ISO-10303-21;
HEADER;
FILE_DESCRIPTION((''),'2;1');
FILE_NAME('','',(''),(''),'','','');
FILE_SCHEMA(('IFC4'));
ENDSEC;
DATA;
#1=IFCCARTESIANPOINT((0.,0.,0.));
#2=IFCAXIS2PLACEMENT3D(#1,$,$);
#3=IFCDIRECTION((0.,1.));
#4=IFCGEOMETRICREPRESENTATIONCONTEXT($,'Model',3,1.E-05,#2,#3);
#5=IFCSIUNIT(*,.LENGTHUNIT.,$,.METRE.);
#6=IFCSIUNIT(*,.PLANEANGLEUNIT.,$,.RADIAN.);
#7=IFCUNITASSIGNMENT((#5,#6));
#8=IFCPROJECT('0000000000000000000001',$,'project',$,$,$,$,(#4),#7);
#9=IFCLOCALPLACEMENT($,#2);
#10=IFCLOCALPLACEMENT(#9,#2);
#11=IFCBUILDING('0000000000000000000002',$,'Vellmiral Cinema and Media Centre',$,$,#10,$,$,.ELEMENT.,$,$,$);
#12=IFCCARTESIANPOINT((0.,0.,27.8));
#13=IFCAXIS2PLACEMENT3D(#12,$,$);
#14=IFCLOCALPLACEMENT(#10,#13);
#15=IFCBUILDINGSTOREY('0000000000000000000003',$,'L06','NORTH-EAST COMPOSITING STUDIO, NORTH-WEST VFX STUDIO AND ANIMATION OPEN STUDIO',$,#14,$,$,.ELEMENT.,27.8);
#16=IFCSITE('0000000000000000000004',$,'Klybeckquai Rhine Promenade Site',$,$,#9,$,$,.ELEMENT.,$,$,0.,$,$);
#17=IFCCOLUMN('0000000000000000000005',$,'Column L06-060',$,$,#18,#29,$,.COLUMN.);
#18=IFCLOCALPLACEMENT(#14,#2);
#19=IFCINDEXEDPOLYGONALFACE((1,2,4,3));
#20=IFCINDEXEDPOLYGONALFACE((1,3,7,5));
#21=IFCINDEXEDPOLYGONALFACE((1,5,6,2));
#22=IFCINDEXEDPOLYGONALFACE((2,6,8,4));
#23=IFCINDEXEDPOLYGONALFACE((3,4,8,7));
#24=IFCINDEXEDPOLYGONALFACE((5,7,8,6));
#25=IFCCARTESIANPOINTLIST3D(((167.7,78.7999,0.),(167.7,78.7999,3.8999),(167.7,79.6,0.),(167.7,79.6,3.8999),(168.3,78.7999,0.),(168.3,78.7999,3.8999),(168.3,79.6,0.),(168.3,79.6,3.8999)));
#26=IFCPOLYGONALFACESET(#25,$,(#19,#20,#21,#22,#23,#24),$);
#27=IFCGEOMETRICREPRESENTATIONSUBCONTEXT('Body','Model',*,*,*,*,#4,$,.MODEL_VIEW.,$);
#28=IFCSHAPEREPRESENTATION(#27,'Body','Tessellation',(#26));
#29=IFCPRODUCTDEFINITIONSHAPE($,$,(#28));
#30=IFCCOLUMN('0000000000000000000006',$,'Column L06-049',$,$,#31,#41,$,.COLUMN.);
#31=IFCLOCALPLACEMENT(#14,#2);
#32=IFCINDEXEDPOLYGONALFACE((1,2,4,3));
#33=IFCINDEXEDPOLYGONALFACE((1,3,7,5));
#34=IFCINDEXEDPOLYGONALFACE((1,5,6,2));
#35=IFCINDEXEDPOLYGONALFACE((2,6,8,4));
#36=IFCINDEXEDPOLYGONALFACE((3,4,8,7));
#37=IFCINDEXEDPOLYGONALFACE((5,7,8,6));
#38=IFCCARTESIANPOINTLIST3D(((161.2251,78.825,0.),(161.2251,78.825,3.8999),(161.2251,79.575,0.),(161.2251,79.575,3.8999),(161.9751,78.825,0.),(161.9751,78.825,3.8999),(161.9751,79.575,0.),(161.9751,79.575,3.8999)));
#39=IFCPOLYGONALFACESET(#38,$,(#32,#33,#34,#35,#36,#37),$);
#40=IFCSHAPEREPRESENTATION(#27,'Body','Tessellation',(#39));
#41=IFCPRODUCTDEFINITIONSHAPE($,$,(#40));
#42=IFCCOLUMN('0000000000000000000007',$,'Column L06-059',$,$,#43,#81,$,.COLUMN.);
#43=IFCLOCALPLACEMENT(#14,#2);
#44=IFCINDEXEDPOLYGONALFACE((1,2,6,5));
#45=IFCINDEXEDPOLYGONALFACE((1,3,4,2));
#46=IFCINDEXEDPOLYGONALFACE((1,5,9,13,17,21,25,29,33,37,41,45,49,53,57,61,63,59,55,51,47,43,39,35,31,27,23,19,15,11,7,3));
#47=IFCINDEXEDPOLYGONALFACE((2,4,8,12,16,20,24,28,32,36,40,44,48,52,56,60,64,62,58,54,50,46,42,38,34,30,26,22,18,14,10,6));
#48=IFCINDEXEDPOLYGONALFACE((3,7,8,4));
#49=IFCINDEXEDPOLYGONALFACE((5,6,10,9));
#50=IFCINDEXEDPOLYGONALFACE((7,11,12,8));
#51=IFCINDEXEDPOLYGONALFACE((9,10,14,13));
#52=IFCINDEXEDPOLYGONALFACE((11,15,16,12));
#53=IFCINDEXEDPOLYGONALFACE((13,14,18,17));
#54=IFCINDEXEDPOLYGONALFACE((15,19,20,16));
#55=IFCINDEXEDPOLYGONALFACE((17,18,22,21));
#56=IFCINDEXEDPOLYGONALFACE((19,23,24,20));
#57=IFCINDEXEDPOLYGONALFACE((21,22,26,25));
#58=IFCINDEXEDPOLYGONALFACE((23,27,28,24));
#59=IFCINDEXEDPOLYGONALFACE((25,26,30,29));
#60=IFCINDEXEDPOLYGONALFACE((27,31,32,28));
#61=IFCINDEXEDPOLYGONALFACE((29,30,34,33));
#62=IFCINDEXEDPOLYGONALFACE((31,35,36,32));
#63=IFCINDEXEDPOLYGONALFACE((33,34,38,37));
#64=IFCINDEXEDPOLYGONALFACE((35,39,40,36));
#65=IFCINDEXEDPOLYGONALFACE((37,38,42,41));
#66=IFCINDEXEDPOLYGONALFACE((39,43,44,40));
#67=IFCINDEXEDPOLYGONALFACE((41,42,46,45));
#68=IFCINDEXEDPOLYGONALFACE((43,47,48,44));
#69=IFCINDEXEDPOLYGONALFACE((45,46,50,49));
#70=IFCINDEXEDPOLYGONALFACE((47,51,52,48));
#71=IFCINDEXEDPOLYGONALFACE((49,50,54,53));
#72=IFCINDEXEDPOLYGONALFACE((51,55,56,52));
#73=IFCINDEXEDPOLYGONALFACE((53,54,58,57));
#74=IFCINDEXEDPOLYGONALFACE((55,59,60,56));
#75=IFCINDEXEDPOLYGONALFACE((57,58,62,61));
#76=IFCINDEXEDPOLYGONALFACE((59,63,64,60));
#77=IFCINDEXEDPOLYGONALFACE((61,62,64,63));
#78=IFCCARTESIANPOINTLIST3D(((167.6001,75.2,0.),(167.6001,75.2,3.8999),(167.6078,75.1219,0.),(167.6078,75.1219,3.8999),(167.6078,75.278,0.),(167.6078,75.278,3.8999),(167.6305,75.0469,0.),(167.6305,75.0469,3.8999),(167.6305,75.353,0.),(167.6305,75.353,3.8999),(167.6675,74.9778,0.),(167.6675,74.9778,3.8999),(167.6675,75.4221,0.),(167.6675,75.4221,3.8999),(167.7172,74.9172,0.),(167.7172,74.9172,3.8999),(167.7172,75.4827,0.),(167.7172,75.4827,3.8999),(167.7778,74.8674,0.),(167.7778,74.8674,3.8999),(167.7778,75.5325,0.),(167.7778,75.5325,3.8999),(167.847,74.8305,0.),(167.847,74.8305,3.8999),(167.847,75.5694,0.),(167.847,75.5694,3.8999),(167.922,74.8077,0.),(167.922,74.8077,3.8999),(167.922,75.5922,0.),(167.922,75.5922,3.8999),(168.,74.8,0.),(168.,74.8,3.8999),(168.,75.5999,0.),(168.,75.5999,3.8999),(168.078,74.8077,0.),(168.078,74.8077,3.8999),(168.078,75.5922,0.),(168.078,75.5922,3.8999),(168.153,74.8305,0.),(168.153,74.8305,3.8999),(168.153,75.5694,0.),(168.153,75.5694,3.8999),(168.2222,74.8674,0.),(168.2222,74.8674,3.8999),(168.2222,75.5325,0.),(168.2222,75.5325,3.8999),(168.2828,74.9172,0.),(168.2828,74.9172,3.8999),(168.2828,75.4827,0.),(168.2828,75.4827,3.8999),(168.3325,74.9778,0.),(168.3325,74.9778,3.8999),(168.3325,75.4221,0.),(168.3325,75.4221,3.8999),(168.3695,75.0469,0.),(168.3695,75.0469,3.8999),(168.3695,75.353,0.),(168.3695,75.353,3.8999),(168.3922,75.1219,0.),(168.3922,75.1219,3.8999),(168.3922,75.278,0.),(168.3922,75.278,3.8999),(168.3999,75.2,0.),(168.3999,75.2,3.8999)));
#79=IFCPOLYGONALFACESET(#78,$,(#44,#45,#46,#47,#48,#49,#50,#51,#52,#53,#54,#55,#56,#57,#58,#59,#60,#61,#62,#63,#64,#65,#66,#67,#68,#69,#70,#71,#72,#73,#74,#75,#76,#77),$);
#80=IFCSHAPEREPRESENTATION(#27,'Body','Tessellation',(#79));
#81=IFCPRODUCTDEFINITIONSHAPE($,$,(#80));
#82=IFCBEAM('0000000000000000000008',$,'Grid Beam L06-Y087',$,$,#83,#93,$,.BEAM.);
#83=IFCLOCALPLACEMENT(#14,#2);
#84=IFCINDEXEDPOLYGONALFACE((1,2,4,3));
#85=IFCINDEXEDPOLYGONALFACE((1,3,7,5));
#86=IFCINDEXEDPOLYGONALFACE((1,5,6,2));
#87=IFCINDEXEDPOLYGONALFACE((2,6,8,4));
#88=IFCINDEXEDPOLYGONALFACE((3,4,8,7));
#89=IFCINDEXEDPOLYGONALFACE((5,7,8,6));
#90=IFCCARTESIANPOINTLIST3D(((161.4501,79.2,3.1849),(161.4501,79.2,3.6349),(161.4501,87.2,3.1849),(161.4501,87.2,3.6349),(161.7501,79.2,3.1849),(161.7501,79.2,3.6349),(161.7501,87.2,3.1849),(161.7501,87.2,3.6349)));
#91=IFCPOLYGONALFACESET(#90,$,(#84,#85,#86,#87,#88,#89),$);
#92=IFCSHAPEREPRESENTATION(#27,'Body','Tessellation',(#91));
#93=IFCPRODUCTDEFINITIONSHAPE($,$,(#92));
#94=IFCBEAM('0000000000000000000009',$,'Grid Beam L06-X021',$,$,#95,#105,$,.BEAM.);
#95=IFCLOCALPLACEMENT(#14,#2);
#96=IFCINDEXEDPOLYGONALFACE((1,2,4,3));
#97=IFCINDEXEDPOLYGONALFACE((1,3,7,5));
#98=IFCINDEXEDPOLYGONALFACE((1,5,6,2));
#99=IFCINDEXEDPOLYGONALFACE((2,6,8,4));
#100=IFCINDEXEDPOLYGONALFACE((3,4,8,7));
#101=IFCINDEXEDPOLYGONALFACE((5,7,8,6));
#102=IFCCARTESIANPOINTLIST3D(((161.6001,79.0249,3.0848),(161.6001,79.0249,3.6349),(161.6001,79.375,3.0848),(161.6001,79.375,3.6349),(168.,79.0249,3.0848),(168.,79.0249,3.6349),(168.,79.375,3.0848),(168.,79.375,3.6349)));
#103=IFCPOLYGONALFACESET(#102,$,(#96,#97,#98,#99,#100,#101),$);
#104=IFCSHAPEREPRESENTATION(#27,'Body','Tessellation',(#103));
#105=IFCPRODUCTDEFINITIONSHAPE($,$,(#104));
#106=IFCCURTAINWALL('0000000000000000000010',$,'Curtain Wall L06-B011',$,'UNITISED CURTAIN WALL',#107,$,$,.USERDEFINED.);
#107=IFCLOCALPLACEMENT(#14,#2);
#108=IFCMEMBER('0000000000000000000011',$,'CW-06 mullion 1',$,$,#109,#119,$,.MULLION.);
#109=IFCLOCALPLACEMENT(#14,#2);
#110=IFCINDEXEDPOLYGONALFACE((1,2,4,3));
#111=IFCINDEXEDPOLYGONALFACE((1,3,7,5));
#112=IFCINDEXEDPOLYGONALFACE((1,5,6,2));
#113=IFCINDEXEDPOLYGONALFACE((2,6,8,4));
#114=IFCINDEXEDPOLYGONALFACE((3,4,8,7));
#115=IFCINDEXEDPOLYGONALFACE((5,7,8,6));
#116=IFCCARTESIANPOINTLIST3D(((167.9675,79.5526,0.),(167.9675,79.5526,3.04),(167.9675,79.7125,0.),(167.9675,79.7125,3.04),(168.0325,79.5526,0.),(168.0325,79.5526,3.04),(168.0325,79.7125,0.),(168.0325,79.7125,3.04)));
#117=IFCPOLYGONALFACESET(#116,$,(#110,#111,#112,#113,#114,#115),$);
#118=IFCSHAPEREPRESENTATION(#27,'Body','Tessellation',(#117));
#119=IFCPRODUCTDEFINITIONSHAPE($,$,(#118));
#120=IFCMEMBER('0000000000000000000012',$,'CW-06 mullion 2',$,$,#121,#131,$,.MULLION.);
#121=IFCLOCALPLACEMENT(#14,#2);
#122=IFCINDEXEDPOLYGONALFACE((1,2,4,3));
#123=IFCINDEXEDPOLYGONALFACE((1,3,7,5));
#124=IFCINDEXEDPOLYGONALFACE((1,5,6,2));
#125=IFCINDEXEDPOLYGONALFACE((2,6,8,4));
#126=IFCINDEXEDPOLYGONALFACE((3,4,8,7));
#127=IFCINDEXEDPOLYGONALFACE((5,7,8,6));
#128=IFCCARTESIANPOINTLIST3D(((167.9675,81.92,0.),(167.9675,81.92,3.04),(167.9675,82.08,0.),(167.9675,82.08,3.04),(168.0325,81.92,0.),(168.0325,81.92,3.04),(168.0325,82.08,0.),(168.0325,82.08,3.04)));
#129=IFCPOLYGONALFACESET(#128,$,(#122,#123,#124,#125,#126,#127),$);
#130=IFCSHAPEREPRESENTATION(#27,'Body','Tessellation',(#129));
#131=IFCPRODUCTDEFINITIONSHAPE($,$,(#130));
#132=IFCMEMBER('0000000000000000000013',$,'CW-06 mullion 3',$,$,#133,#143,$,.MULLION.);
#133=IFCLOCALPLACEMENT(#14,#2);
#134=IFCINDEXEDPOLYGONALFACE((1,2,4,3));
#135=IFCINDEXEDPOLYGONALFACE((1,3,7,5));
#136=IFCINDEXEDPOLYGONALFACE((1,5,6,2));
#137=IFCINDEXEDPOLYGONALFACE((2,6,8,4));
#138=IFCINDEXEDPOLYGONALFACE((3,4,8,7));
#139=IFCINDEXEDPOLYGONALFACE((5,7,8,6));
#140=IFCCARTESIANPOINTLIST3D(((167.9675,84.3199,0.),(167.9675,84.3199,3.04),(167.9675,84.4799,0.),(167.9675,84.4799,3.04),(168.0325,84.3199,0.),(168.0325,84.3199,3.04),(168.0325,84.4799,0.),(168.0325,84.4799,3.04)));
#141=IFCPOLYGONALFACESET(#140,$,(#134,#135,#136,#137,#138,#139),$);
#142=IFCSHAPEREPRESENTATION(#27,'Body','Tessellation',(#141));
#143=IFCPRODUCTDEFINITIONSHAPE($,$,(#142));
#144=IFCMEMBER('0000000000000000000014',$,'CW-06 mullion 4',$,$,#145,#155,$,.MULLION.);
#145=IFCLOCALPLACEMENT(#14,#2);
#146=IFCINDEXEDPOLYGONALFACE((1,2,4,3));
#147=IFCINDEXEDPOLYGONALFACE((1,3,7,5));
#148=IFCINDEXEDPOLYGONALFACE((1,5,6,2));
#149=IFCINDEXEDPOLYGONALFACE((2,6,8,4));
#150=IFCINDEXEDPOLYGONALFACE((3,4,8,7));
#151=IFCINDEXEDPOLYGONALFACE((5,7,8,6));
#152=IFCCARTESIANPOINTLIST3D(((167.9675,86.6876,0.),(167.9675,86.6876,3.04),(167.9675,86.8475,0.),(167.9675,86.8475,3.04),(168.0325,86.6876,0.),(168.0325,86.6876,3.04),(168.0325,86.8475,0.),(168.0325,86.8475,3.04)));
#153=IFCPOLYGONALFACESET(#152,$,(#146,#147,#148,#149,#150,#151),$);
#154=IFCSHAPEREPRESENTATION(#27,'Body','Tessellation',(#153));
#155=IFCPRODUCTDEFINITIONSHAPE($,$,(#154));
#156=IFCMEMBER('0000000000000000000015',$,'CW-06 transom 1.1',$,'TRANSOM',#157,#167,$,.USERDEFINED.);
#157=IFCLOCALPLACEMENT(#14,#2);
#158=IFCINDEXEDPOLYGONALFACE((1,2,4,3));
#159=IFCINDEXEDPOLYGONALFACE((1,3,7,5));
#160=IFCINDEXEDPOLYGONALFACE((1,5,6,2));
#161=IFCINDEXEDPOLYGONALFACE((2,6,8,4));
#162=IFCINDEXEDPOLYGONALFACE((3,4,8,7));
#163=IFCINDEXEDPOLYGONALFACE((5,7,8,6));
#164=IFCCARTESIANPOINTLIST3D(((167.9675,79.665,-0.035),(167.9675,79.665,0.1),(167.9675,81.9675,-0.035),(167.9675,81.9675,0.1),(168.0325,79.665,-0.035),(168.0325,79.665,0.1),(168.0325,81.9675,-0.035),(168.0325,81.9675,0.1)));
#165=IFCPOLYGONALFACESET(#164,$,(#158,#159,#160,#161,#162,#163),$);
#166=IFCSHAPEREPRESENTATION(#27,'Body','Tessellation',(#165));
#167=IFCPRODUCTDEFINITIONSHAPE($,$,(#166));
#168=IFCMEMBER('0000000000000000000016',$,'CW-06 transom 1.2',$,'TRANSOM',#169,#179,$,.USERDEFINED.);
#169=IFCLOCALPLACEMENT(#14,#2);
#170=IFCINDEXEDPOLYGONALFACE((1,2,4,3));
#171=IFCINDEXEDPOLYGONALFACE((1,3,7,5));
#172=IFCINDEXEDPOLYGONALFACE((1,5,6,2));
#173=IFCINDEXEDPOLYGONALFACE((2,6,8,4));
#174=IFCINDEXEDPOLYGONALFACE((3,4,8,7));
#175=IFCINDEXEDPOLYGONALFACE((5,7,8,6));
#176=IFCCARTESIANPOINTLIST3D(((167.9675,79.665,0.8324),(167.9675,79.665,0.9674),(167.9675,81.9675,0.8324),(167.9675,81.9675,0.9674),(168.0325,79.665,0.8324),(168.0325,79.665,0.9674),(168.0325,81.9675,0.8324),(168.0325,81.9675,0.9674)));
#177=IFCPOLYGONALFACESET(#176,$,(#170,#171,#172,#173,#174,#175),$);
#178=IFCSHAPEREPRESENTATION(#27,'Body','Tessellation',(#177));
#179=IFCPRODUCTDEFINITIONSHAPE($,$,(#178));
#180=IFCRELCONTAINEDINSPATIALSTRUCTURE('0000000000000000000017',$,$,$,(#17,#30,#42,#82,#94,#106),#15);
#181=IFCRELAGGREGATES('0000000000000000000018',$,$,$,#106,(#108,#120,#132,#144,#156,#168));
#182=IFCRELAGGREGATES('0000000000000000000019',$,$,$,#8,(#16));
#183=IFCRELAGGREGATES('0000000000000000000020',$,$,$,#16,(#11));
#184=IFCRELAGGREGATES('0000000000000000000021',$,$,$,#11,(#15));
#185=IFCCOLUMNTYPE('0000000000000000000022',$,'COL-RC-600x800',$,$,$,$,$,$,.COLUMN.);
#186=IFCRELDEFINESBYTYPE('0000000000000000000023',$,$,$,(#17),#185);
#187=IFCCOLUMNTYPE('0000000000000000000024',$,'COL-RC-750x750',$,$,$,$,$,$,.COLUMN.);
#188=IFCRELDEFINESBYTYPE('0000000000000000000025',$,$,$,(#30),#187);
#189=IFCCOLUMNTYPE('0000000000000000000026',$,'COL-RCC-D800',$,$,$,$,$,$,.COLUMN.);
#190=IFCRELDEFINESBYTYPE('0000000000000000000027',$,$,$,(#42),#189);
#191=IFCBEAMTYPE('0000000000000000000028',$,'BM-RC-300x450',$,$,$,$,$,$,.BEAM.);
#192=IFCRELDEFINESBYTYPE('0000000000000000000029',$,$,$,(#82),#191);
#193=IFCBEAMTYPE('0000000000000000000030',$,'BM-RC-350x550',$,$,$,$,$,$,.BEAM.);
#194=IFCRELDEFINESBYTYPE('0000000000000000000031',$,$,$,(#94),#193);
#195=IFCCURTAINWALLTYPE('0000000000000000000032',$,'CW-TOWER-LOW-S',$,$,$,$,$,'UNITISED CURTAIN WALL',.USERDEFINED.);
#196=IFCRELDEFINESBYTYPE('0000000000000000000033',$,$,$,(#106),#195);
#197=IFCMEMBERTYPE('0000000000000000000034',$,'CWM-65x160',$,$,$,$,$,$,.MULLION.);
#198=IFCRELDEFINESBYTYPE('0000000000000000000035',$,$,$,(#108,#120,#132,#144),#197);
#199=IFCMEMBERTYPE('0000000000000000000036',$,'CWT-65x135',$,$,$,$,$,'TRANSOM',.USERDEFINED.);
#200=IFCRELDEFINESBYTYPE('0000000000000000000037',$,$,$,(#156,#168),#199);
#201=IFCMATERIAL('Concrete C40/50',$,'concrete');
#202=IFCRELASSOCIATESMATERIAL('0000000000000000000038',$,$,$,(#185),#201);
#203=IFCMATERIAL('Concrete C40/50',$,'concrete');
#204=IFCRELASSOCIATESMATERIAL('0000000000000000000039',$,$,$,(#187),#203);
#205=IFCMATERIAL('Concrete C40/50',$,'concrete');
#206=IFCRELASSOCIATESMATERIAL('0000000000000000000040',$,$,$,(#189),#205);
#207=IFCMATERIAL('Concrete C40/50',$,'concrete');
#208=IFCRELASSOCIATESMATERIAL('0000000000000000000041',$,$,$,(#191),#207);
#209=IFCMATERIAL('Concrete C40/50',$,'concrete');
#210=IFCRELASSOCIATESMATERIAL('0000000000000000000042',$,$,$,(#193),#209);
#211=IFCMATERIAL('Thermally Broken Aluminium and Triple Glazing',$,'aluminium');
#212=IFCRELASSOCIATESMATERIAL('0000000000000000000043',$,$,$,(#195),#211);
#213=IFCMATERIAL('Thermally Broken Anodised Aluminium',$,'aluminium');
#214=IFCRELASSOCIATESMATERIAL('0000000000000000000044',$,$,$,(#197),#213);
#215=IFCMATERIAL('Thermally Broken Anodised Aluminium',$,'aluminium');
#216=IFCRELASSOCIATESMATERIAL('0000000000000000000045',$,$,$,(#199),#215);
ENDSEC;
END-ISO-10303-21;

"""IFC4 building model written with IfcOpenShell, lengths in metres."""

from ifc_helpers import new_model, si_unit, direction, frame, origin, origin_2d, place, context, subcontext, project, spatial, rectangle, circle, extrude, material, material_profile, profile_set, type_object, element, aggregate, save


model = new_model("IFC4")

# Units and contexts
model_context = context("Model", 3, precision=1e-05, world=origin(), true_north=direction((0.0, 1.0)))
body_context = subcontext(model_context, "Body", "Model", "MODEL_VIEW")
ifc_project = project(units=[si_unit("LENGTHUNIT", "METRE"), si_unit("PLANEANGLEUNIT", "RADIAN")], contexts=[model_context])

# Site, building, storey
site_placement = place(None, origin())
site = spatial("IfcSite", under=ifc_project, at=site_placement, Name="Klybeckquai Rhine Promenade Site", CompositionType="ELEMENT", RefElevation=0.0)
building_placement = place(site_placement, origin())
building = spatial("IfcBuilding", under=site, at=building_placement, Name="Vellmiral Cinema and Media Centre", CompositionType="ELEMENT")
storey_placement = place(building_placement, frame((0.0, 0.0, 27.8)))
storey = spatial("IfcBuildingStorey", under=building, at=storey_placement, Name="L06", Description="NORTH-EAST COMPOSITING STUDIO, NORTH-WEST VFX STUDIO AND ANIMATION OPEN STUDIO", CompositionType="ELEMENT", Elevation=27.8)

# Columns
ifc_material_1 = material(Name="Concrete C40/50", Category="concrete")
ifc_material_profile_1 = material_profile(ifc_material_1, rectangle(XDim=0.6001, YDim=0.8, at=origin_2d()), Name="RC 600x800")
ifc_profile_set_1 = profile_set([ifc_material_profile_1], Name="Concrete C40/50")
column_type_1 = type_object("IfcColumnType", Name="COL-RC-600x800", PredefinedType="COLUMN", material=ifc_profile_set_1)
column_1_placement = place(storey_placement, frame((168.0, 79.2, 0.0), z_axis=(0.0, 0.0, 1.0), x_axis=(1.0, 0.0, 0.0)))
element("IfcColumn", 1, at=column_1_placement, inside=storey, type_object=column_type_1, Name="Column L06-060", PredefinedType="COLUMN", context=body_context, shape_type="SweptSolid", body=[
    extrude(rectangle(XDim=0.6001, YDim=0.8, at=origin_2d()), origin(), (0.0, 0.0, 1.0), 3.8999),
])
ifc_material_2 = material(Name="Concrete C40/50", Category="concrete")
ifc_material_profile_2 = material_profile(ifc_material_2, rectangle(XDim=0.75, YDim=0.75, at=origin_2d()), Name="RC 750x750")
ifc_profile_set_2 = profile_set([ifc_material_profile_2], Name="Concrete C40/50")
column_type_2 = type_object("IfcColumnType", Name="COL-RC-750x750", PredefinedType="COLUMN", material=ifc_profile_set_2)
column_2_placement = place(storey_placement, frame((161.6001, 79.2, 0.0), z_axis=(0.0, 0.0, 1.0), x_axis=(1.0, 0.0, 0.0)))
element("IfcColumn", 2, at=column_2_placement, inside=storey, type_object=column_type_2, Name="Column L06-049", PredefinedType="COLUMN", context=body_context, shape_type="SweptSolid", body=[
    extrude(rectangle(XDim=0.75, YDim=0.75, at=origin_2d()), origin(), (0.0, 0.0, 1.0), 3.8999),
])
ifc_material_3 = material(Name="Concrete C40/50", Category="concrete")
ifc_material_profile_3 = material_profile(ifc_material_3, circle(Radius=0.3999, at=origin_2d()), Name="RC D800")
ifc_profile_set_3 = profile_set([ifc_material_profile_3], Name="Concrete C40/50")
column_type_3 = type_object("IfcColumnType", Name="COL-RCC-D800", PredefinedType="COLUMN", material=ifc_profile_set_3)
column_3_placement = place(storey_placement, frame((168.0, 75.2, 0.0), z_axis=(0.0, 0.0, 1.0), x_axis=(1.0, 0.0, 0.0)))
element("IfcColumn", 3, at=column_3_placement, inside=storey, type_object=column_type_3, Name="Column L06-059", PredefinedType="COLUMN", context=body_context, shape_type="SweptSolid", body=[
    extrude(circle(Radius=0.3999, at=origin_2d()), origin(), (0.0, 0.0, 1.0), 3.8999),
])

# Beams
ifc_material_4 = material(Name="Concrete C40/50", Category="concrete")
ifc_material_profile_4 = material_profile(ifc_material_4, rectangle(XDim=0.3, YDim=0.45, at=origin_2d()), Name="RC 300x450")
ifc_profile_set_4 = profile_set([ifc_material_profile_4], Name="Concrete C40/50")
beam_type_1 = type_object("IfcBeamType", Name="BM-RC-300x450", PredefinedType="BEAM", material=ifc_profile_set_4)
beam_1_placement = place(storey_placement, frame((161.6001, 79.2, 3.4099), z_axis=(0.0, 1.0, 0.0), x_axis=(-1.0, 0.0, 0.0)))
element("IfcBeam", 4, at=beam_1_placement, inside=storey, type_object=beam_type_1, Name="Grid Beam L06-Y087", PredefinedType="BEAM", context=body_context, shape_type="SweptSolid", body=[
    extrude(rectangle(XDim=0.3, YDim=0.45, at=origin_2d()), origin(), (0.0, 0.0, 1.0), 8.0),
])
ifc_material_5 = material(Name="Concrete C40/50", Category="concrete")
ifc_material_profile_5 = material_profile(ifc_material_5, rectangle(XDim=0.3501, YDim=0.55, at=origin_2d()), Name="RC 350x550")
ifc_profile_set_5 = profile_set([ifc_material_profile_5], Name="Concrete C40/50")
beam_type_2 = type_object("IfcBeamType", Name="BM-RC-350x550", PredefinedType="BEAM", material=ifc_profile_set_5)
beam_2_placement = place(storey_placement, frame((161.6001, 79.2, 3.3599), z_axis=(1.0, 0.0, 0.0), x_axis=(0.0, 1.0, 0.0)))
element("IfcBeam", 5, at=beam_2_placement, inside=storey, type_object=beam_type_2, Name="Grid Beam L06-X021", PredefinedType="BEAM", context=body_context, shape_type="SweptSolid", body=[
    extrude(rectangle(XDim=0.3501, YDim=0.55, at=origin_2d()), origin(), (0.0, 0.0, 1.0), 6.3999),
])

# Curtain wall, members
ifc_material_6 = material(Name="Thermally Broken Aluminium and Triple Glazing", Category="aluminium")
curtain_wall_type = type_object("IfcCurtainWallType", Name="CW-TOWER-LOW-S", ElementType="UNITISED CURTAIN WALL", PredefinedType="USERDEFINED", material=ifc_material_6)
curtain_wall_placement = place(storey_placement, origin())
curtain_wall = element("IfcCurtainWall", 6, at=curtain_wall_placement, inside=storey, type_object=curtain_wall_type, Name="Curtain Wall L06-B011", ObjectType="UNITISED CURTAIN WALL", PredefinedType="USERDEFINED")
ifc_material_7 = material(Name="Thermally Broken Anodised Aluminium", Category="aluminium")
ifc_material_profile_6 = material_profile(ifc_material_7, rectangle(XDim=0.0649, YDim=0.1599, at=origin_2d()), Name="MULL 65x160")
ifc_profile_set_6 = profile_set([ifc_material_profile_6], Name="Thermally Broken Anodised Aluminium")
member_type_1 = type_object("IfcMemberType", Name="CWM-65x160", PredefinedType="MULLION", material=ifc_profile_set_6)
member_1_placement = place(storey_placement, frame((168.0, 79.6326, 0.0), z_axis=(0.0, 0.0, 1.0), x_axis=(-1.0, 0.0, 0.0)))
member_1 = element("IfcMember", 7, at=member_1_placement, type_object=member_type_1, Name="CW-06 mullion 1", PredefinedType="MULLION", context=body_context, shape_type="SweptSolid", body=[
    extrude(rectangle(XDim=0.0649, YDim=0.1599, at=origin_2d()), origin(), (0.0, 0.0, 1.0), 3.04),
])
member_2_placement = place(storey_placement, frame((168.0, 82.0, 0.0), z_axis=(0.0, 0.0, 1.0), x_axis=(-1.0, 0.0, 0.0)))
member_2 = element("IfcMember", 8, at=member_2_placement, type_object=member_type_1, Name="CW-06 mullion 2", PredefinedType="MULLION", context=body_context, shape_type="SweptSolid", body=[
    extrude(rectangle(XDim=0.0649, YDim=0.1599, at=origin_2d()), origin(), (0.0, 0.0, 1.0), 3.04),
])
member_3_placement = place(storey_placement, frame((168.0, 84.3999, 0.0), z_axis=(0.0, 0.0, 1.0), x_axis=(-1.0, 0.0, 0.0)))
member_3 = element("IfcMember", 9, at=member_3_placement, type_object=member_type_1, Name="CW-06 mullion 3", PredefinedType="MULLION", context=body_context, shape_type="SweptSolid", body=[
    extrude(rectangle(XDim=0.0649, YDim=0.1599, at=origin_2d()), origin(), (0.0, 0.0, 1.0), 3.04),
])
member_4_placement = place(storey_placement, frame((168.0, 86.7676, 0.0), z_axis=(0.0, 0.0, 1.0), x_axis=(-1.0, 0.0, 0.0)))
member_4 = element("IfcMember", 10, at=member_4_placement, type_object=member_type_1, Name="CW-06 mullion 4", PredefinedType="MULLION", context=body_context, shape_type="SweptSolid", body=[
    extrude(rectangle(XDim=0.0649, YDim=0.1599, at=origin_2d()), origin(), (0.0, 0.0, 1.0), 3.04),
])
ifc_material_8 = material(Name="Thermally Broken Anodised Aluminium", Category="aluminium")
ifc_material_profile_7 = material_profile(ifc_material_8, rectangle(XDim=0.0649, YDim=0.135, at=origin_2d()), Name="MULL 65x135")
ifc_profile_set_7 = profile_set([ifc_material_profile_7], Name="Thermally Broken Anodised Aluminium")
member_type_2 = type_object("IfcMemberType", Name="CWT-65x135", ElementType="TRANSOM", PredefinedType="USERDEFINED", material=ifc_profile_set_7)
member_5_placement = place(storey_placement, frame((168.0, 79.665, 0.0325), z_axis=(0.0, 1.0, 0.0), x_axis=(-1.0, 0.0, 0.0)))
member_5 = element("IfcMember", 11, at=member_5_placement, type_object=member_type_2, Name="CW-06 transom 1.1", ObjectType="TRANSOM", PredefinedType="USERDEFINED", context=body_context, shape_type="SweptSolid", body=[
    extrude(rectangle(XDim=0.0649, YDim=0.135, at=origin_2d()), origin(), (0.0, 0.0, 1.0), 2.3025),
])
member_6_placement = place(storey_placement, frame((168.0, 79.665, 0.8999), z_axis=(0.0, 1.0, 0.0), x_axis=(-1.0, 0.0, 0.0)))
member_6 = element("IfcMember", 12, at=member_6_placement, type_object=member_type_2, Name="CW-06 transom 1.2", ObjectType="TRANSOM", PredefinedType="USERDEFINED", context=body_context, shape_type="SweptSolid", body=[
    extrude(rectangle(XDim=0.0649, YDim=0.135, at=origin_2d()), origin(), (0.0, 0.0, 1.0), 2.3025),
])

aggregate(curtain_wall, [member_1, member_2, member_3, member_4, member_5, member_6])

save(model, "model.ifc")
